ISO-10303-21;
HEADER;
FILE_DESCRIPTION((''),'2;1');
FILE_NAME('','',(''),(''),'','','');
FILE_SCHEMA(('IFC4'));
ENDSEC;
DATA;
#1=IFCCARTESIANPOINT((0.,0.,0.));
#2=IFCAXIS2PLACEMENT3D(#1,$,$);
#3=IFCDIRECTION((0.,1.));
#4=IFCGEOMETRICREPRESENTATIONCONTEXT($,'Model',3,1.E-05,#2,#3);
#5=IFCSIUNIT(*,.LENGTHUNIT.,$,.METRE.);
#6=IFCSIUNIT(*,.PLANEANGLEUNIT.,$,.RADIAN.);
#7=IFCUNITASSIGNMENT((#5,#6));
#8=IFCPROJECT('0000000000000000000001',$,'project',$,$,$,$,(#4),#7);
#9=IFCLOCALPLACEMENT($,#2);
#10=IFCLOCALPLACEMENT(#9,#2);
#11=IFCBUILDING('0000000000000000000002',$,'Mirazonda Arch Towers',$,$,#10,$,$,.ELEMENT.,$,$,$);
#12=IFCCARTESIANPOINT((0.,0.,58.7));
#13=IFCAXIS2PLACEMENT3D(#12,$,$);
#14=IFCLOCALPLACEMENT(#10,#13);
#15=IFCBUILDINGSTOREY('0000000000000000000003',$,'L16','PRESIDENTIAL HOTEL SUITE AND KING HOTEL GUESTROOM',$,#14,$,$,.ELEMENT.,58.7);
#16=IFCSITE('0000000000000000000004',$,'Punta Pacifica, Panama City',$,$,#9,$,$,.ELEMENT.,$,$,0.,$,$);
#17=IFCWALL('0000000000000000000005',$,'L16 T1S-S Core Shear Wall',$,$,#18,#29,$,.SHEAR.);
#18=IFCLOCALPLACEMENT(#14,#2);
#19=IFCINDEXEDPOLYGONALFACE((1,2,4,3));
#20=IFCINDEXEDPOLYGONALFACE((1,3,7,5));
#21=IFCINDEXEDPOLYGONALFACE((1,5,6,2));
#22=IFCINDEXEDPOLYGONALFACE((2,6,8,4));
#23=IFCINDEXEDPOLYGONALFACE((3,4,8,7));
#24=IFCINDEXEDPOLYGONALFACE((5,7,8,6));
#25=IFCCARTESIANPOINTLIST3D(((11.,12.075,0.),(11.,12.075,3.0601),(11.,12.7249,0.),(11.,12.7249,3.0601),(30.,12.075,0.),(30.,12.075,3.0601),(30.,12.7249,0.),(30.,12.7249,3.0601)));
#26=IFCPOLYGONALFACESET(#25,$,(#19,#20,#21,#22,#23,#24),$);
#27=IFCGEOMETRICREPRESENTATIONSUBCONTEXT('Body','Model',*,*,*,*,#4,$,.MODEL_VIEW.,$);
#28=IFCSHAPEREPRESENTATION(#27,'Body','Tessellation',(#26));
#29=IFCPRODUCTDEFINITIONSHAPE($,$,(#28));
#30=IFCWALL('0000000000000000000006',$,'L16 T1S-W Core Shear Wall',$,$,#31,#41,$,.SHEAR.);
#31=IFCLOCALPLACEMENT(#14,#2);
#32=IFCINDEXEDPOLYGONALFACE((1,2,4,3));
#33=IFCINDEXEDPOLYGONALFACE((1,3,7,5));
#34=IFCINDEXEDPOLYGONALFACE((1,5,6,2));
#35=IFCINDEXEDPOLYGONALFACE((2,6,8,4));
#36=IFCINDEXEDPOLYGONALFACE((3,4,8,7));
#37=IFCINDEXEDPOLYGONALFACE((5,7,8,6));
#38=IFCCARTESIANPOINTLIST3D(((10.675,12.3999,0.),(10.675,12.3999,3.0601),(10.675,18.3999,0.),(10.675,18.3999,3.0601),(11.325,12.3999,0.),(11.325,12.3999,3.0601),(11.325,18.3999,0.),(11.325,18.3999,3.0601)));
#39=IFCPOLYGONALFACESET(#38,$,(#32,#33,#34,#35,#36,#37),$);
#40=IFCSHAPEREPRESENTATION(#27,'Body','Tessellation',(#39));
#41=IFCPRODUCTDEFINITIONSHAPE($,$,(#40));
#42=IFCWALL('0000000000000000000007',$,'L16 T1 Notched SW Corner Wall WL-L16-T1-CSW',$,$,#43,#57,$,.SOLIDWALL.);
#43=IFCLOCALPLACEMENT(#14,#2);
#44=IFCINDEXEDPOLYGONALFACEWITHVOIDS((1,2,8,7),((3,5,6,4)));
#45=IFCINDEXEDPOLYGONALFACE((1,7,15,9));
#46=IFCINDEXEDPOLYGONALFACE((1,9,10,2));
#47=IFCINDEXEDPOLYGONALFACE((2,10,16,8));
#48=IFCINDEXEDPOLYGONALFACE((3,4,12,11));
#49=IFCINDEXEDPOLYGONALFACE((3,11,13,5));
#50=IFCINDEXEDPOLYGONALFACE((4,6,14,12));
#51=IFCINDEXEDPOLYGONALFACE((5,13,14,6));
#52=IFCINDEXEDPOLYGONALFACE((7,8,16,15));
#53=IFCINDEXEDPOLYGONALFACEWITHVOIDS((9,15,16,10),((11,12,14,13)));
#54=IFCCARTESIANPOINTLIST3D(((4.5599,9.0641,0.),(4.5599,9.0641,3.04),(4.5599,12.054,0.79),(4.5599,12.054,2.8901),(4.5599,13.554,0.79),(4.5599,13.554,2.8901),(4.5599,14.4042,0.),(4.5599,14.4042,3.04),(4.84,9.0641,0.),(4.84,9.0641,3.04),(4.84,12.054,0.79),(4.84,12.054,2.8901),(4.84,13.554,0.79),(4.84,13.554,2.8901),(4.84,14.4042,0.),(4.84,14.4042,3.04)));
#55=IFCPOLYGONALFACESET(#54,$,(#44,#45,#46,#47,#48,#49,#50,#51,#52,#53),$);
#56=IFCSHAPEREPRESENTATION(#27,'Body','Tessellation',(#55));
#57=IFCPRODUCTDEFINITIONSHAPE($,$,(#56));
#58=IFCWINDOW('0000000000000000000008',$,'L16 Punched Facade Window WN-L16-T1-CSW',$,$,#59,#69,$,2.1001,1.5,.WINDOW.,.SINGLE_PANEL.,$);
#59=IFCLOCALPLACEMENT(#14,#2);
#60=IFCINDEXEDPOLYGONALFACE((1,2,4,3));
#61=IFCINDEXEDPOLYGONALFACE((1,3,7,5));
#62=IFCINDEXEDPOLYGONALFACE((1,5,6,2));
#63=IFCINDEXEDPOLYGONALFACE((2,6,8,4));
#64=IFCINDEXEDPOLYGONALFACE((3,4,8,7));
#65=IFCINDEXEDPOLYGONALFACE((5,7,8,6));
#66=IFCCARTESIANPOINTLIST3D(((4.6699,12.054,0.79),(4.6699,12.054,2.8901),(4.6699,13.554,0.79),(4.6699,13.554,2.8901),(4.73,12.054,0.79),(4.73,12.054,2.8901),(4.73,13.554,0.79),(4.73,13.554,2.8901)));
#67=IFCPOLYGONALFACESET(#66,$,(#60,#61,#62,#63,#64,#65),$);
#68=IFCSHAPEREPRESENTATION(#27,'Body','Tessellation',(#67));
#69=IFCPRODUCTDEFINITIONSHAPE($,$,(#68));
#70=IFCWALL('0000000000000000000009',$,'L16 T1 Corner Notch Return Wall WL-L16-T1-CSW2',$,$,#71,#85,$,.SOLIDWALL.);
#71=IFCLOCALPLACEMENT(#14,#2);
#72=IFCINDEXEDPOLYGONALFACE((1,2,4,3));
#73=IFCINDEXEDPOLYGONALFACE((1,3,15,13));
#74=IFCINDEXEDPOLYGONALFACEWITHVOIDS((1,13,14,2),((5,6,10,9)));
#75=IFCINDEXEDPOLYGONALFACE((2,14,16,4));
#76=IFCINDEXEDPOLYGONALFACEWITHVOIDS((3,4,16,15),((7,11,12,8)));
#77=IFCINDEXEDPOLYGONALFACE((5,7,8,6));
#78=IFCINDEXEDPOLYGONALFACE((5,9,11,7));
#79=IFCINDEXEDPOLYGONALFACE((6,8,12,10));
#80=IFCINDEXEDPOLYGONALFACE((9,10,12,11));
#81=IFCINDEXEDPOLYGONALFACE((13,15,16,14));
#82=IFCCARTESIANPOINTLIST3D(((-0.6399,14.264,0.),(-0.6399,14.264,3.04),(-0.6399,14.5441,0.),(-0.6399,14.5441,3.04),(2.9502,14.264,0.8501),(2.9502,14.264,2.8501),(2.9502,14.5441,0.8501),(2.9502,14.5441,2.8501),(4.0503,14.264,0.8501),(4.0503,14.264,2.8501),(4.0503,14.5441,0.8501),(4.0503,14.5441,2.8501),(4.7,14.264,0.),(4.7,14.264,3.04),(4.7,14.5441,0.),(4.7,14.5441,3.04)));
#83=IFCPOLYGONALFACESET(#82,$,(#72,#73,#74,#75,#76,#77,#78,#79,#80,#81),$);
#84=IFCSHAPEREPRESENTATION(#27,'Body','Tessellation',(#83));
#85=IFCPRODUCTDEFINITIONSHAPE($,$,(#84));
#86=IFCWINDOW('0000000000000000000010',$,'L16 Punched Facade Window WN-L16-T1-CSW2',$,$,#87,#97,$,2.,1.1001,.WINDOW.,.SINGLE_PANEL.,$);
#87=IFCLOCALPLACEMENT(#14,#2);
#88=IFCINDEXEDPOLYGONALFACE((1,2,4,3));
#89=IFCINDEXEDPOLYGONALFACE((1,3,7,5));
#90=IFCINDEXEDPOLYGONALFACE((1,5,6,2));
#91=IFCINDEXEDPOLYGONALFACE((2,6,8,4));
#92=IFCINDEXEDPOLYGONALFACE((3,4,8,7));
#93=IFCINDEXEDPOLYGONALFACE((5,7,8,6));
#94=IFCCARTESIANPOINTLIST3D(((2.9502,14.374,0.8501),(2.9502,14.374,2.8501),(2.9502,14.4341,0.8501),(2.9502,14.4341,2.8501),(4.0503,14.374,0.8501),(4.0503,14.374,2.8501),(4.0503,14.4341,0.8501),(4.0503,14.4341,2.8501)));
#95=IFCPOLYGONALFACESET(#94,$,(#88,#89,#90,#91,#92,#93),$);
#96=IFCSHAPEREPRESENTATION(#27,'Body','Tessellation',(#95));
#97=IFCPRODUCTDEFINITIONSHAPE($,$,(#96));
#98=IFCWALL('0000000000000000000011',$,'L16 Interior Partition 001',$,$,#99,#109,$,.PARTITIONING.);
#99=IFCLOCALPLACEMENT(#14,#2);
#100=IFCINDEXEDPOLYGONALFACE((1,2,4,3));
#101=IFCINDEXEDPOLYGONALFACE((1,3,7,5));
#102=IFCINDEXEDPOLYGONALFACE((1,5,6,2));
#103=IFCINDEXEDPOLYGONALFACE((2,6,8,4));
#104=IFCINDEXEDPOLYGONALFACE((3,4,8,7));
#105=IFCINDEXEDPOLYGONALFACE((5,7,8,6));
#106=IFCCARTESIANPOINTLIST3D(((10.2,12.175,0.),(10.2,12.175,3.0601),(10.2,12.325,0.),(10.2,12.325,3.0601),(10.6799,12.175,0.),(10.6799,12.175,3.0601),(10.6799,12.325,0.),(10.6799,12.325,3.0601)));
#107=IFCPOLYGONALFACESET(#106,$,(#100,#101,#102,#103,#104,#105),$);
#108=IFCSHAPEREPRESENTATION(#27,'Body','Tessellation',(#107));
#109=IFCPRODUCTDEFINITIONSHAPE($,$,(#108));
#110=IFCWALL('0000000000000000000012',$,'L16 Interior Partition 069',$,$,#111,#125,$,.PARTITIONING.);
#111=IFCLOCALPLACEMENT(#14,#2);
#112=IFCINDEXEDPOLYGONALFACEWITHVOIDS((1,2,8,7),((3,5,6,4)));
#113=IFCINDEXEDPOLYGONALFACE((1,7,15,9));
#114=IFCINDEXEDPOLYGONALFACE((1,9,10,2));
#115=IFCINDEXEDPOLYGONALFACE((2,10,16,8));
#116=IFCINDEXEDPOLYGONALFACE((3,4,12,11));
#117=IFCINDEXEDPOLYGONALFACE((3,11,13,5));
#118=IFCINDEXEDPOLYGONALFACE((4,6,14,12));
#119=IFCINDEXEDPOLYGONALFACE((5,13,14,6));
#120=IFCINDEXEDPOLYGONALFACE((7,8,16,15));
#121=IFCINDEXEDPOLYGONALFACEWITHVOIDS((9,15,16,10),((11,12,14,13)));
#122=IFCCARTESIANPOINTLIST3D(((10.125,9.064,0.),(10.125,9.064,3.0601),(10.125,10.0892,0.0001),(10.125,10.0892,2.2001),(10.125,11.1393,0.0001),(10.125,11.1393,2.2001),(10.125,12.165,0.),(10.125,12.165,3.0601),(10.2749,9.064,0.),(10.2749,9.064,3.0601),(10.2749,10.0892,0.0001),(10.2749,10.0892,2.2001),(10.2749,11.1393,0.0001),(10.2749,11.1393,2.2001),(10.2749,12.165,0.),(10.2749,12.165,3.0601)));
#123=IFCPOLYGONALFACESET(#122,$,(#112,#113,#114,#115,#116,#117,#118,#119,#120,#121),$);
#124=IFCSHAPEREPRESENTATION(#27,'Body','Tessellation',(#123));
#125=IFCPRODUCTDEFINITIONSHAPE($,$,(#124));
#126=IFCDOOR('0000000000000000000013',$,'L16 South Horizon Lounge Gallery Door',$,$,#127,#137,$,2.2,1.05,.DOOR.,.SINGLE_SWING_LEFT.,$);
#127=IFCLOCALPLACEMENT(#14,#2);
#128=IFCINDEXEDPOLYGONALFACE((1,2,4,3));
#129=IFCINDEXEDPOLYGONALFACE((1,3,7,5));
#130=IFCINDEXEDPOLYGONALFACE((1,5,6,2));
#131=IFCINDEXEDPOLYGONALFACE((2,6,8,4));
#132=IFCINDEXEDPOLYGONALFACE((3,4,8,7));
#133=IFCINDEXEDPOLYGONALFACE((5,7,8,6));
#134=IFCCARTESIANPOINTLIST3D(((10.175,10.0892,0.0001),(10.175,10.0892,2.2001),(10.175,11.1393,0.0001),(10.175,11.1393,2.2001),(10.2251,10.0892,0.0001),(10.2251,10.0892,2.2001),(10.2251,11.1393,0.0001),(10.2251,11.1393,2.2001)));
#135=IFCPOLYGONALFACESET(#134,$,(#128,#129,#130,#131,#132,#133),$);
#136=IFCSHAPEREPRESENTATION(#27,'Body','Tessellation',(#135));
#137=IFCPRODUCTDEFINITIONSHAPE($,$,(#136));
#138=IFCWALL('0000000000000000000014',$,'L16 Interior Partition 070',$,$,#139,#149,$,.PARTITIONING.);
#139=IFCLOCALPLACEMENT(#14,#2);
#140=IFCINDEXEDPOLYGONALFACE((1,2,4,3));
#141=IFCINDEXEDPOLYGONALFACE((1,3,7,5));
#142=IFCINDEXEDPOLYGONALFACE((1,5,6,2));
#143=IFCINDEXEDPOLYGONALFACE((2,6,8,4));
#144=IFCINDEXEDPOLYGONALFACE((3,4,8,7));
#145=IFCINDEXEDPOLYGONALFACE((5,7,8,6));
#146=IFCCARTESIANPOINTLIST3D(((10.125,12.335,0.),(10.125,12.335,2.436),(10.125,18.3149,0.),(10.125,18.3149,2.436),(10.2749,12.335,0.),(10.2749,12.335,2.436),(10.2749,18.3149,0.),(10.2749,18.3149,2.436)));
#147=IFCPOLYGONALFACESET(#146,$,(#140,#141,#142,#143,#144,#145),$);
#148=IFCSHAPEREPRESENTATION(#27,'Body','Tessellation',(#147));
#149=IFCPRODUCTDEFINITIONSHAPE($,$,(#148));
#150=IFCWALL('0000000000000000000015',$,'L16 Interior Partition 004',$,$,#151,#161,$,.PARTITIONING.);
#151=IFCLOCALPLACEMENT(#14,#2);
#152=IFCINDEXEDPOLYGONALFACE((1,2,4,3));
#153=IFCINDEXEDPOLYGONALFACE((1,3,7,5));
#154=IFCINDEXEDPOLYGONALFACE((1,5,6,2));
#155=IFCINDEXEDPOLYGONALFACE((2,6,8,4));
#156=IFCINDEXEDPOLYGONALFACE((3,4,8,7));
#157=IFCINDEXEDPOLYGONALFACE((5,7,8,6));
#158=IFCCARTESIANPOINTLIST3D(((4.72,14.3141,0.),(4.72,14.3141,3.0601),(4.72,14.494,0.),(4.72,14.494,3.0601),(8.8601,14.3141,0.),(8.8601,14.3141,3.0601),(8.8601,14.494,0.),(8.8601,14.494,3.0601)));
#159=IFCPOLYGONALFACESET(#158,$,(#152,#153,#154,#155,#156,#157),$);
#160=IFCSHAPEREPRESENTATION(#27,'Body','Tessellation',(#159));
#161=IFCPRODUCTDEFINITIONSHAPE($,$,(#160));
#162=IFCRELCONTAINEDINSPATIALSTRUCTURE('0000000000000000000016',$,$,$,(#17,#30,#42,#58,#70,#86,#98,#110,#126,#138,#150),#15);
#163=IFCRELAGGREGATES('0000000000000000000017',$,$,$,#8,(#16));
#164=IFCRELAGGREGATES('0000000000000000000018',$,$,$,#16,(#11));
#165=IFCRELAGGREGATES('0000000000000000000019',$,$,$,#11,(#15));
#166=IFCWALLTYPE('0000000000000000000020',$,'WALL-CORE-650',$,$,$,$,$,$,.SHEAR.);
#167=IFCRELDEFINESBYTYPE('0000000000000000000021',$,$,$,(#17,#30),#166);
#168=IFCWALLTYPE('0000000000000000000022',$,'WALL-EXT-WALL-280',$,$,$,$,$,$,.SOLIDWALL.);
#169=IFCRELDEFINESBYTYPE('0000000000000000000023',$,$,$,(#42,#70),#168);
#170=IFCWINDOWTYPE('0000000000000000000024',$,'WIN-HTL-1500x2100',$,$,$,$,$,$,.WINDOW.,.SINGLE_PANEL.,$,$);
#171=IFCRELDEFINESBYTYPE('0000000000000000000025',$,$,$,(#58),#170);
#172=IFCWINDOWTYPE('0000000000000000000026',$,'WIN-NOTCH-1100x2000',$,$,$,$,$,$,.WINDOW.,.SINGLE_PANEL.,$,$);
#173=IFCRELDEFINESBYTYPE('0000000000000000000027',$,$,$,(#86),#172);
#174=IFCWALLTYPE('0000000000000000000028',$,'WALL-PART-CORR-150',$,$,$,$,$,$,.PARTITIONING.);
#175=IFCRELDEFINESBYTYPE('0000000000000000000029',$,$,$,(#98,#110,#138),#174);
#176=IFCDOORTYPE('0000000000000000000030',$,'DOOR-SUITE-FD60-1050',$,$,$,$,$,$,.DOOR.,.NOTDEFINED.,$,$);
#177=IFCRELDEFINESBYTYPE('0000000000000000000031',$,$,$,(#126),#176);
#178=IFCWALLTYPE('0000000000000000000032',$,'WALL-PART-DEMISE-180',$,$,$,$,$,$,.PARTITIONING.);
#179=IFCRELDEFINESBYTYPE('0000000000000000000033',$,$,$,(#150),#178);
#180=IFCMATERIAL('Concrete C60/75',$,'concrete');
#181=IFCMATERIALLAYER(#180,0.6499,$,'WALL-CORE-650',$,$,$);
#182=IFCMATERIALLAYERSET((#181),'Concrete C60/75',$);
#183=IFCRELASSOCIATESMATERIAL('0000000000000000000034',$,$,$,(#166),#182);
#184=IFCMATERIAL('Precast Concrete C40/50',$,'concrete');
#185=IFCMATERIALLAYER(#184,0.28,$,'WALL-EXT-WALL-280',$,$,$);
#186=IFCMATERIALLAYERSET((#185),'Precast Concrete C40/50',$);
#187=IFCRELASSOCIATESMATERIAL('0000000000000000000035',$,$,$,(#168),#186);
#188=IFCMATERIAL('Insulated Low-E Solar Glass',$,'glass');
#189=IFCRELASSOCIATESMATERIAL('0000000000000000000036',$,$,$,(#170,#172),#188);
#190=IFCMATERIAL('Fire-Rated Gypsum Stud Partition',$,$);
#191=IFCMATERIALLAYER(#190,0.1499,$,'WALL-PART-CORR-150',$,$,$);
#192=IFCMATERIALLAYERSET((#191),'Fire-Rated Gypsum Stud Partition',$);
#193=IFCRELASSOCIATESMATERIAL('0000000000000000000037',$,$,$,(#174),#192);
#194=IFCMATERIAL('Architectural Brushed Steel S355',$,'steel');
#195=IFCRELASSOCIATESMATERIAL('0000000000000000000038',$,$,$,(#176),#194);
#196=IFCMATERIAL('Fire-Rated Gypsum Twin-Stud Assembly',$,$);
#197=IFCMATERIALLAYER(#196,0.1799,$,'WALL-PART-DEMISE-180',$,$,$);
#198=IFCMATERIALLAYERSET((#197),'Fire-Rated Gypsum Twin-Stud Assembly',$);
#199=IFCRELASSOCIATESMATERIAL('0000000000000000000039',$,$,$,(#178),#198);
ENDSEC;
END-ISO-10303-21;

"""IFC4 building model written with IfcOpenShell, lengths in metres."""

from ifc_helpers import new_model, si_unit, direction, frame, frame_2d, origin, place, context, subcontext, project, spatial, rectangle, extrude, material, layer, layer_set, type_object, element, fill, save


model = new_model("IFC4")

# Units and contexts
model_context = context("Model", 3, precision=1e-05, world=origin(), true_north=direction((0.0, 1.0)))
body_context = subcontext(model_context, "Body", "Model", "MODEL_VIEW")
ifc_project = project(units=[si_unit("LENGTHUNIT", "METRE"), si_unit("PLANEANGLEUNIT", "RADIAN")], contexts=[model_context])

# Site, building, storey
site_placement = place(None, origin())
site = spatial("IfcSite", under=ifc_project, at=site_placement, Name="Punta Pacifica, Panama City", CompositionType="ELEMENT", RefElevation=0.0)
building_placement = place(site_placement, origin())
building = spatial("IfcBuilding", under=site, at=building_placement, Name="Mirazonda Arch Towers", CompositionType="ELEMENT")
storey_placement = place(building_placement, frame((0.0, 0.0, 58.7)))
storey = spatial("IfcBuildingStorey", under=building, at=storey_placement, Name="L16", Description="PRESIDENTIAL HOTEL SUITE AND KING HOTEL GUESTROOM", CompositionType="ELEMENT", Elevation=58.7)

# Shared definitions
ifc_material_1 = material(Name="Concrete C60/75", Category="concrete")

# Shared definitions
ifc_material_2 = material(Name="Insulated Low-E Solar Glass", Category="glass")

# Walls
ifc_layer_1 = layer(ifc_material_1, 0.6499, Name="WALL-CORE-650")
ifc_layer_set_1 = layer_set([ifc_layer_1], Name="Concrete C60/75")
wall_type_1 = type_object("IfcWallType", Name="WALL-CORE-650", PredefinedType="SHEAR", material=ifc_layer_set_1)
wall_1_placement = place(storey_placement, frame((11.0, 12.3999, 0.0), z_axis=(0.0, 0.0, 1.0), x_axis=(1.0, 0.0, 0.0)))
element("IfcWall", 1, at=wall_1_placement, inside=storey, type_object=wall_type_1, Name="L16 T1S-S Core Shear Wall", PredefinedType="SHEAR", context=body_context, shape_type="SweptSolid", body=[
    extrude(rectangle(XDim=19.0, YDim=0.6499, at=frame_2d((9.5, 0.0))), origin(), (0.0, 0.0, 1.0), 3.0601),
])
wall_2_placement = place(storey_placement, frame((11.0, 12.3999, 0.0), z_axis=(0.0, 0.0, 1.0), x_axis=(0.0, 1.0, 0.0)))
element("IfcWall", 2, at=wall_2_placement, inside=storey, type_object=wall_type_1, Name="L16 T1S-W Core Shear Wall", PredefinedType="SHEAR", context=body_context, shape_type="SweptSolid", body=[
    extrude(rectangle(XDim=6.0, YDim=0.6499, at=frame_2d((3.0, 0.0))), origin(), (0.0, 0.0, 1.0), 3.0601),
])

# Walls, openings, windows
ifc_material_3 = material(Name="Precast Concrete C40/50", Category="concrete")
ifc_layer_2 = layer(ifc_material_3, 0.28, Name="WALL-EXT-WALL-280")
ifc_layer_set_2 = layer_set([ifc_layer_2], Name="Precast Concrete C40/50")
wall_type_2 = type_object("IfcWallType", Name="WALL-EXT-WALL-280", PredefinedType="SOLIDWALL", material=ifc_layer_set_2)
wall_3_placement = place(storey_placement, frame((4.7, 14.4041, 0.0), z_axis=(0.0, 0.0, 1.0), x_axis=(0.0, -1.0, 0.0)))
wall_3 = element("IfcWall", 3, at=wall_3_placement, inside=storey, type_object=wall_type_2, Name="L16 T1 Notched SW Corner Wall WL-L16-T1-CSW", PredefinedType="SOLIDWALL", context=body_context, shape_type="SweptSolid", body=[
    extrude(rectangle(XDim=5.3401, YDim=0.28, at=frame_2d((2.6699, 0.0))), origin(), (0.0, 0.0, 1.0), 3.04),
])
opening_1_placement = place(wall_3_placement, frame((0.8501, 0.0, 0.79)))
opening_1 = element("IfcOpeningElement", 4, at=opening_1_placement, cuts=wall_3, PredefinedType="OPENING", context=body_context, shape_type="SweptSolid", body=[
    extrude(rectangle(XDim=1.5, YDim=2.1001, at=frame_2d((0.75, 1.05))), frame((0.0, 0.1499, 0.0), z_axis=(0.0, -1.0, 0.0), x_axis=(1.0, 0.0, 0.0)), (0.0, 0.0, 1.0), 0.3),
])
window_type_1 = type_object("IfcWindowType", Name="WIN-HTL-1500x2100", PartitioningType="SINGLE_PANEL", PredefinedType="WINDOW", material=ifc_material_2)
window_1_placement = place(opening_1_placement, origin())
window_1 = element("IfcWindow", 5, at=window_1_placement, inside=storey, type_object=window_type_1, Name="L16 Punched Facade Window WN-L16-T1-CSW", OverallHeight=2.1001, OverallWidth=1.5, PartitioningType="SINGLE_PANEL", PredefinedType="WINDOW", context=body_context, shape_type="SweptSolid", body=[
    extrude(rectangle(XDim=1.5, YDim=2.1001, at=frame_2d((0.75, 1.05))), frame((0.0, 0.03, 0.0), z_axis=(0.0, -1.0, 0.0), x_axis=(1.0, 0.0, 0.0)), (0.0, 0.0, 1.0), 0.0601),
])
fill(opening_1, window_1)
wall_4_placement = place(storey_placement, frame((-0.6399, 14.4041, 0.0), z_axis=(0.0, 0.0, 1.0), x_axis=(1.0, 0.0, 0.0)))
wall_4 = element("IfcWall", 6, at=wall_4_placement, inside=storey, type_object=wall_type_2, Name="L16 T1 Corner Notch Return Wall WL-L16-T1-CSW2", PredefinedType="SOLIDWALL", context=body_context, shape_type="SweptSolid", body=[
    extrude(rectangle(XDim=5.3398, YDim=0.28, at=frame_2d((2.6699, 0.0))), origin(), (0.0, 0.0, 1.0), 3.04),
])
opening_2_placement = place(wall_4_placement, frame((3.5901, 0.0, 0.8501)))
opening_2 = element("IfcOpeningElement", 7, at=opening_2_placement, cuts=wall_4, PredefinedType="OPENING", context=body_context, shape_type="SweptSolid", body=[
    extrude(rectangle(XDim=1.1001, YDim=2.0, at=frame_2d((0.55, 1.0))), frame((0.0, 0.1499, 0.0), z_axis=(0.0, -1.0, 0.0), x_axis=(1.0, 0.0, 0.0)), (0.0, 0.0, 1.0), 0.3),
])
window_type_2 = type_object("IfcWindowType", Name="WIN-NOTCH-1100x2000", PartitioningType="SINGLE_PANEL", PredefinedType="WINDOW", material=ifc_material_2)
window_2_placement = place(opening_2_placement, origin())
window_2 = element("IfcWindow", 8, at=window_2_placement, inside=storey, type_object=window_type_2, Name="L16 Punched Facade Window WN-L16-T1-CSW2", OverallHeight=2.0, OverallWidth=1.1001, PartitioningType="SINGLE_PANEL", PredefinedType="WINDOW", context=body_context, shape_type="SweptSolid", body=[
    extrude(rectangle(XDim=1.1001, YDim=2.0, at=frame_2d((0.55, 1.0))), frame((0.0, 0.03, 0.0), z_axis=(0.0, -1.0, 0.0), x_axis=(1.0, 0.0, 0.0)), (0.0, 0.0, 1.0), 0.0601),
])
fill(opening_2, window_2)

# Wall
ifc_material_4 = material(Name="Fire-Rated Gypsum Stud Partition")
ifc_layer_3 = layer(ifc_material_4, 0.1499, Name="WALL-PART-CORR-150")
ifc_layer_set_3 = layer_set([ifc_layer_3], Name="Fire-Rated Gypsum Stud Partition")
wall_type_3 = type_object("IfcWallType", Name="WALL-PART-CORR-150", PredefinedType="PARTITIONING", material=ifc_layer_set_3)
wall_5_placement = place(storey_placement, frame((10.2, 12.25, 0.0), z_axis=(0.0, 0.0, 1.0), x_axis=(1.0, 0.0, 0.0)))
element("IfcWall", 9, at=wall_5_placement, inside=storey, type_object=wall_type_3, Name="L16 Interior Partition 001", PredefinedType="PARTITIONING", context=body_context, shape_type="SweptSolid", body=[
    extrude(rectangle(XDim=0.48, YDim=0.1499, at=frame_2d((0.24, 0.0))), origin(), (0.0, 0.0, 1.0), 3.0601),
])

# Wall, opening, door
wall_6_placement = place(storey_placement, frame((10.2, 9.064, 0.0), z_axis=(0.0, 0.0, 1.0), x_axis=(0.0, 1.0, 0.0)))
wall_6 = element("IfcWall", 10, at=wall_6_placement, inside=storey, type_object=wall_type_3, Name="L16 Interior Partition 069", PredefinedType="PARTITIONING", context=body_context, shape_type="SweptSolid", body=[
    extrude(rectangle(XDim=3.1011, YDim=0.1499, at=frame_2d((1.5505, 0.0))), origin(), (0.0, 0.0, 1.0), 3.0601),
])
opening_3_placement = place(wall_6_placement, frame((1.0254, 0.0, 0.0)))
opening_3 = element("IfcOpeningElement", 11, at=opening_3_placement, cuts=wall_6, PredefinedType="OPENING", context=body_context, shape_type="SweptSolid", body=[
    extrude(rectangle(XDim=1.05, YDim=2.2, at=frame_2d((0.5249, 1.1001))), frame((0.0, 0.085, 0.0), z_axis=(0.0, -1.0, 0.0), x_axis=(1.0, 0.0, 0.0)), (0.0, 0.0, 1.0), 0.1699),
])
ifc_material_5 = material(Name="Architectural Brushed Steel S355", Category="steel")
door_type_1 = type_object("IfcDoorType", Name="DOOR-SUITE-FD60-1050", OperationType="NOTDEFINED", PredefinedType="DOOR", material=ifc_material_5)
door_1_placement = place(opening_3_placement, origin())
door_1 = element("IfcDoor", 12, at=door_1_placement, inside=storey, type_object=door_type_1, Name="L16 South Horizon Lounge Gallery Door", OperationType="SINGLE_SWING_LEFT", OverallHeight=2.2, OverallWidth=1.05, PredefinedType="DOOR", context=body_context, shape_type="SweptSolid", body=[
    extrude(rectangle(XDim=1.05, YDim=2.2, at=frame_2d((0.5249, 1.1001))), frame((0.0, 0.0249, 0.0), z_axis=(0.0, -1.0, 0.0), x_axis=(1.0, 0.0, 0.0)), (0.0, 0.0, 1.0), 0.05),
])
fill(opening_3, door_1)

# Walls
wall_7_placement = place(storey_placement, frame((10.2, 12.335, 0.0), z_axis=(0.0, 0.0, 1.0), x_axis=(0.0, 1.0, 0.0)))
element("IfcWall", 13, at=wall_7_placement, inside=storey, type_object=wall_type_3, Name="L16 Interior Partition 070", PredefinedType="PARTITIONING", context=body_context, shape_type="SweptSolid", body=[
    extrude(rectangle(XDim=5.98, YDim=0.1499, at=frame_2d((2.99, 0.0))), origin(), (0.0, 0.0, 1.0), 2.436),
])
ifc_material_6 = material(Name="Fire-Rated Gypsum Twin-Stud Assembly")
ifc_layer_4 = layer(ifc_material_6, 0.1799, Name="WALL-PART-DEMISE-180")
ifc_layer_set_4 = layer_set([ifc_layer_4], Name="Fire-Rated Gypsum Twin-Stud Assembly")
wall_type_4 = type_object("IfcWallType", Name="WALL-PART-DEMISE-180", PredefinedType="PARTITIONING", material=ifc_layer_set_4)
wall_8_placement = place(storey_placement, frame((4.72, 14.4041, 0.0), z_axis=(0.0, 0.0, 1.0), x_axis=(1.0, 0.0, 0.0)))
element("IfcWall", 14, at=wall_8_placement, inside=storey, type_object=wall_type_4, Name="L16 Interior Partition 004", PredefinedType="PARTITIONING", context=body_context, shape_type="SweptSolid", body=[
    extrude(rectangle(XDim=4.1401, YDim=0.1799, at=frame_2d((2.0701, 0.0))), origin(), (0.0, 0.0, 1.0), 3.0601),
])

save(model, "model.ifc")
